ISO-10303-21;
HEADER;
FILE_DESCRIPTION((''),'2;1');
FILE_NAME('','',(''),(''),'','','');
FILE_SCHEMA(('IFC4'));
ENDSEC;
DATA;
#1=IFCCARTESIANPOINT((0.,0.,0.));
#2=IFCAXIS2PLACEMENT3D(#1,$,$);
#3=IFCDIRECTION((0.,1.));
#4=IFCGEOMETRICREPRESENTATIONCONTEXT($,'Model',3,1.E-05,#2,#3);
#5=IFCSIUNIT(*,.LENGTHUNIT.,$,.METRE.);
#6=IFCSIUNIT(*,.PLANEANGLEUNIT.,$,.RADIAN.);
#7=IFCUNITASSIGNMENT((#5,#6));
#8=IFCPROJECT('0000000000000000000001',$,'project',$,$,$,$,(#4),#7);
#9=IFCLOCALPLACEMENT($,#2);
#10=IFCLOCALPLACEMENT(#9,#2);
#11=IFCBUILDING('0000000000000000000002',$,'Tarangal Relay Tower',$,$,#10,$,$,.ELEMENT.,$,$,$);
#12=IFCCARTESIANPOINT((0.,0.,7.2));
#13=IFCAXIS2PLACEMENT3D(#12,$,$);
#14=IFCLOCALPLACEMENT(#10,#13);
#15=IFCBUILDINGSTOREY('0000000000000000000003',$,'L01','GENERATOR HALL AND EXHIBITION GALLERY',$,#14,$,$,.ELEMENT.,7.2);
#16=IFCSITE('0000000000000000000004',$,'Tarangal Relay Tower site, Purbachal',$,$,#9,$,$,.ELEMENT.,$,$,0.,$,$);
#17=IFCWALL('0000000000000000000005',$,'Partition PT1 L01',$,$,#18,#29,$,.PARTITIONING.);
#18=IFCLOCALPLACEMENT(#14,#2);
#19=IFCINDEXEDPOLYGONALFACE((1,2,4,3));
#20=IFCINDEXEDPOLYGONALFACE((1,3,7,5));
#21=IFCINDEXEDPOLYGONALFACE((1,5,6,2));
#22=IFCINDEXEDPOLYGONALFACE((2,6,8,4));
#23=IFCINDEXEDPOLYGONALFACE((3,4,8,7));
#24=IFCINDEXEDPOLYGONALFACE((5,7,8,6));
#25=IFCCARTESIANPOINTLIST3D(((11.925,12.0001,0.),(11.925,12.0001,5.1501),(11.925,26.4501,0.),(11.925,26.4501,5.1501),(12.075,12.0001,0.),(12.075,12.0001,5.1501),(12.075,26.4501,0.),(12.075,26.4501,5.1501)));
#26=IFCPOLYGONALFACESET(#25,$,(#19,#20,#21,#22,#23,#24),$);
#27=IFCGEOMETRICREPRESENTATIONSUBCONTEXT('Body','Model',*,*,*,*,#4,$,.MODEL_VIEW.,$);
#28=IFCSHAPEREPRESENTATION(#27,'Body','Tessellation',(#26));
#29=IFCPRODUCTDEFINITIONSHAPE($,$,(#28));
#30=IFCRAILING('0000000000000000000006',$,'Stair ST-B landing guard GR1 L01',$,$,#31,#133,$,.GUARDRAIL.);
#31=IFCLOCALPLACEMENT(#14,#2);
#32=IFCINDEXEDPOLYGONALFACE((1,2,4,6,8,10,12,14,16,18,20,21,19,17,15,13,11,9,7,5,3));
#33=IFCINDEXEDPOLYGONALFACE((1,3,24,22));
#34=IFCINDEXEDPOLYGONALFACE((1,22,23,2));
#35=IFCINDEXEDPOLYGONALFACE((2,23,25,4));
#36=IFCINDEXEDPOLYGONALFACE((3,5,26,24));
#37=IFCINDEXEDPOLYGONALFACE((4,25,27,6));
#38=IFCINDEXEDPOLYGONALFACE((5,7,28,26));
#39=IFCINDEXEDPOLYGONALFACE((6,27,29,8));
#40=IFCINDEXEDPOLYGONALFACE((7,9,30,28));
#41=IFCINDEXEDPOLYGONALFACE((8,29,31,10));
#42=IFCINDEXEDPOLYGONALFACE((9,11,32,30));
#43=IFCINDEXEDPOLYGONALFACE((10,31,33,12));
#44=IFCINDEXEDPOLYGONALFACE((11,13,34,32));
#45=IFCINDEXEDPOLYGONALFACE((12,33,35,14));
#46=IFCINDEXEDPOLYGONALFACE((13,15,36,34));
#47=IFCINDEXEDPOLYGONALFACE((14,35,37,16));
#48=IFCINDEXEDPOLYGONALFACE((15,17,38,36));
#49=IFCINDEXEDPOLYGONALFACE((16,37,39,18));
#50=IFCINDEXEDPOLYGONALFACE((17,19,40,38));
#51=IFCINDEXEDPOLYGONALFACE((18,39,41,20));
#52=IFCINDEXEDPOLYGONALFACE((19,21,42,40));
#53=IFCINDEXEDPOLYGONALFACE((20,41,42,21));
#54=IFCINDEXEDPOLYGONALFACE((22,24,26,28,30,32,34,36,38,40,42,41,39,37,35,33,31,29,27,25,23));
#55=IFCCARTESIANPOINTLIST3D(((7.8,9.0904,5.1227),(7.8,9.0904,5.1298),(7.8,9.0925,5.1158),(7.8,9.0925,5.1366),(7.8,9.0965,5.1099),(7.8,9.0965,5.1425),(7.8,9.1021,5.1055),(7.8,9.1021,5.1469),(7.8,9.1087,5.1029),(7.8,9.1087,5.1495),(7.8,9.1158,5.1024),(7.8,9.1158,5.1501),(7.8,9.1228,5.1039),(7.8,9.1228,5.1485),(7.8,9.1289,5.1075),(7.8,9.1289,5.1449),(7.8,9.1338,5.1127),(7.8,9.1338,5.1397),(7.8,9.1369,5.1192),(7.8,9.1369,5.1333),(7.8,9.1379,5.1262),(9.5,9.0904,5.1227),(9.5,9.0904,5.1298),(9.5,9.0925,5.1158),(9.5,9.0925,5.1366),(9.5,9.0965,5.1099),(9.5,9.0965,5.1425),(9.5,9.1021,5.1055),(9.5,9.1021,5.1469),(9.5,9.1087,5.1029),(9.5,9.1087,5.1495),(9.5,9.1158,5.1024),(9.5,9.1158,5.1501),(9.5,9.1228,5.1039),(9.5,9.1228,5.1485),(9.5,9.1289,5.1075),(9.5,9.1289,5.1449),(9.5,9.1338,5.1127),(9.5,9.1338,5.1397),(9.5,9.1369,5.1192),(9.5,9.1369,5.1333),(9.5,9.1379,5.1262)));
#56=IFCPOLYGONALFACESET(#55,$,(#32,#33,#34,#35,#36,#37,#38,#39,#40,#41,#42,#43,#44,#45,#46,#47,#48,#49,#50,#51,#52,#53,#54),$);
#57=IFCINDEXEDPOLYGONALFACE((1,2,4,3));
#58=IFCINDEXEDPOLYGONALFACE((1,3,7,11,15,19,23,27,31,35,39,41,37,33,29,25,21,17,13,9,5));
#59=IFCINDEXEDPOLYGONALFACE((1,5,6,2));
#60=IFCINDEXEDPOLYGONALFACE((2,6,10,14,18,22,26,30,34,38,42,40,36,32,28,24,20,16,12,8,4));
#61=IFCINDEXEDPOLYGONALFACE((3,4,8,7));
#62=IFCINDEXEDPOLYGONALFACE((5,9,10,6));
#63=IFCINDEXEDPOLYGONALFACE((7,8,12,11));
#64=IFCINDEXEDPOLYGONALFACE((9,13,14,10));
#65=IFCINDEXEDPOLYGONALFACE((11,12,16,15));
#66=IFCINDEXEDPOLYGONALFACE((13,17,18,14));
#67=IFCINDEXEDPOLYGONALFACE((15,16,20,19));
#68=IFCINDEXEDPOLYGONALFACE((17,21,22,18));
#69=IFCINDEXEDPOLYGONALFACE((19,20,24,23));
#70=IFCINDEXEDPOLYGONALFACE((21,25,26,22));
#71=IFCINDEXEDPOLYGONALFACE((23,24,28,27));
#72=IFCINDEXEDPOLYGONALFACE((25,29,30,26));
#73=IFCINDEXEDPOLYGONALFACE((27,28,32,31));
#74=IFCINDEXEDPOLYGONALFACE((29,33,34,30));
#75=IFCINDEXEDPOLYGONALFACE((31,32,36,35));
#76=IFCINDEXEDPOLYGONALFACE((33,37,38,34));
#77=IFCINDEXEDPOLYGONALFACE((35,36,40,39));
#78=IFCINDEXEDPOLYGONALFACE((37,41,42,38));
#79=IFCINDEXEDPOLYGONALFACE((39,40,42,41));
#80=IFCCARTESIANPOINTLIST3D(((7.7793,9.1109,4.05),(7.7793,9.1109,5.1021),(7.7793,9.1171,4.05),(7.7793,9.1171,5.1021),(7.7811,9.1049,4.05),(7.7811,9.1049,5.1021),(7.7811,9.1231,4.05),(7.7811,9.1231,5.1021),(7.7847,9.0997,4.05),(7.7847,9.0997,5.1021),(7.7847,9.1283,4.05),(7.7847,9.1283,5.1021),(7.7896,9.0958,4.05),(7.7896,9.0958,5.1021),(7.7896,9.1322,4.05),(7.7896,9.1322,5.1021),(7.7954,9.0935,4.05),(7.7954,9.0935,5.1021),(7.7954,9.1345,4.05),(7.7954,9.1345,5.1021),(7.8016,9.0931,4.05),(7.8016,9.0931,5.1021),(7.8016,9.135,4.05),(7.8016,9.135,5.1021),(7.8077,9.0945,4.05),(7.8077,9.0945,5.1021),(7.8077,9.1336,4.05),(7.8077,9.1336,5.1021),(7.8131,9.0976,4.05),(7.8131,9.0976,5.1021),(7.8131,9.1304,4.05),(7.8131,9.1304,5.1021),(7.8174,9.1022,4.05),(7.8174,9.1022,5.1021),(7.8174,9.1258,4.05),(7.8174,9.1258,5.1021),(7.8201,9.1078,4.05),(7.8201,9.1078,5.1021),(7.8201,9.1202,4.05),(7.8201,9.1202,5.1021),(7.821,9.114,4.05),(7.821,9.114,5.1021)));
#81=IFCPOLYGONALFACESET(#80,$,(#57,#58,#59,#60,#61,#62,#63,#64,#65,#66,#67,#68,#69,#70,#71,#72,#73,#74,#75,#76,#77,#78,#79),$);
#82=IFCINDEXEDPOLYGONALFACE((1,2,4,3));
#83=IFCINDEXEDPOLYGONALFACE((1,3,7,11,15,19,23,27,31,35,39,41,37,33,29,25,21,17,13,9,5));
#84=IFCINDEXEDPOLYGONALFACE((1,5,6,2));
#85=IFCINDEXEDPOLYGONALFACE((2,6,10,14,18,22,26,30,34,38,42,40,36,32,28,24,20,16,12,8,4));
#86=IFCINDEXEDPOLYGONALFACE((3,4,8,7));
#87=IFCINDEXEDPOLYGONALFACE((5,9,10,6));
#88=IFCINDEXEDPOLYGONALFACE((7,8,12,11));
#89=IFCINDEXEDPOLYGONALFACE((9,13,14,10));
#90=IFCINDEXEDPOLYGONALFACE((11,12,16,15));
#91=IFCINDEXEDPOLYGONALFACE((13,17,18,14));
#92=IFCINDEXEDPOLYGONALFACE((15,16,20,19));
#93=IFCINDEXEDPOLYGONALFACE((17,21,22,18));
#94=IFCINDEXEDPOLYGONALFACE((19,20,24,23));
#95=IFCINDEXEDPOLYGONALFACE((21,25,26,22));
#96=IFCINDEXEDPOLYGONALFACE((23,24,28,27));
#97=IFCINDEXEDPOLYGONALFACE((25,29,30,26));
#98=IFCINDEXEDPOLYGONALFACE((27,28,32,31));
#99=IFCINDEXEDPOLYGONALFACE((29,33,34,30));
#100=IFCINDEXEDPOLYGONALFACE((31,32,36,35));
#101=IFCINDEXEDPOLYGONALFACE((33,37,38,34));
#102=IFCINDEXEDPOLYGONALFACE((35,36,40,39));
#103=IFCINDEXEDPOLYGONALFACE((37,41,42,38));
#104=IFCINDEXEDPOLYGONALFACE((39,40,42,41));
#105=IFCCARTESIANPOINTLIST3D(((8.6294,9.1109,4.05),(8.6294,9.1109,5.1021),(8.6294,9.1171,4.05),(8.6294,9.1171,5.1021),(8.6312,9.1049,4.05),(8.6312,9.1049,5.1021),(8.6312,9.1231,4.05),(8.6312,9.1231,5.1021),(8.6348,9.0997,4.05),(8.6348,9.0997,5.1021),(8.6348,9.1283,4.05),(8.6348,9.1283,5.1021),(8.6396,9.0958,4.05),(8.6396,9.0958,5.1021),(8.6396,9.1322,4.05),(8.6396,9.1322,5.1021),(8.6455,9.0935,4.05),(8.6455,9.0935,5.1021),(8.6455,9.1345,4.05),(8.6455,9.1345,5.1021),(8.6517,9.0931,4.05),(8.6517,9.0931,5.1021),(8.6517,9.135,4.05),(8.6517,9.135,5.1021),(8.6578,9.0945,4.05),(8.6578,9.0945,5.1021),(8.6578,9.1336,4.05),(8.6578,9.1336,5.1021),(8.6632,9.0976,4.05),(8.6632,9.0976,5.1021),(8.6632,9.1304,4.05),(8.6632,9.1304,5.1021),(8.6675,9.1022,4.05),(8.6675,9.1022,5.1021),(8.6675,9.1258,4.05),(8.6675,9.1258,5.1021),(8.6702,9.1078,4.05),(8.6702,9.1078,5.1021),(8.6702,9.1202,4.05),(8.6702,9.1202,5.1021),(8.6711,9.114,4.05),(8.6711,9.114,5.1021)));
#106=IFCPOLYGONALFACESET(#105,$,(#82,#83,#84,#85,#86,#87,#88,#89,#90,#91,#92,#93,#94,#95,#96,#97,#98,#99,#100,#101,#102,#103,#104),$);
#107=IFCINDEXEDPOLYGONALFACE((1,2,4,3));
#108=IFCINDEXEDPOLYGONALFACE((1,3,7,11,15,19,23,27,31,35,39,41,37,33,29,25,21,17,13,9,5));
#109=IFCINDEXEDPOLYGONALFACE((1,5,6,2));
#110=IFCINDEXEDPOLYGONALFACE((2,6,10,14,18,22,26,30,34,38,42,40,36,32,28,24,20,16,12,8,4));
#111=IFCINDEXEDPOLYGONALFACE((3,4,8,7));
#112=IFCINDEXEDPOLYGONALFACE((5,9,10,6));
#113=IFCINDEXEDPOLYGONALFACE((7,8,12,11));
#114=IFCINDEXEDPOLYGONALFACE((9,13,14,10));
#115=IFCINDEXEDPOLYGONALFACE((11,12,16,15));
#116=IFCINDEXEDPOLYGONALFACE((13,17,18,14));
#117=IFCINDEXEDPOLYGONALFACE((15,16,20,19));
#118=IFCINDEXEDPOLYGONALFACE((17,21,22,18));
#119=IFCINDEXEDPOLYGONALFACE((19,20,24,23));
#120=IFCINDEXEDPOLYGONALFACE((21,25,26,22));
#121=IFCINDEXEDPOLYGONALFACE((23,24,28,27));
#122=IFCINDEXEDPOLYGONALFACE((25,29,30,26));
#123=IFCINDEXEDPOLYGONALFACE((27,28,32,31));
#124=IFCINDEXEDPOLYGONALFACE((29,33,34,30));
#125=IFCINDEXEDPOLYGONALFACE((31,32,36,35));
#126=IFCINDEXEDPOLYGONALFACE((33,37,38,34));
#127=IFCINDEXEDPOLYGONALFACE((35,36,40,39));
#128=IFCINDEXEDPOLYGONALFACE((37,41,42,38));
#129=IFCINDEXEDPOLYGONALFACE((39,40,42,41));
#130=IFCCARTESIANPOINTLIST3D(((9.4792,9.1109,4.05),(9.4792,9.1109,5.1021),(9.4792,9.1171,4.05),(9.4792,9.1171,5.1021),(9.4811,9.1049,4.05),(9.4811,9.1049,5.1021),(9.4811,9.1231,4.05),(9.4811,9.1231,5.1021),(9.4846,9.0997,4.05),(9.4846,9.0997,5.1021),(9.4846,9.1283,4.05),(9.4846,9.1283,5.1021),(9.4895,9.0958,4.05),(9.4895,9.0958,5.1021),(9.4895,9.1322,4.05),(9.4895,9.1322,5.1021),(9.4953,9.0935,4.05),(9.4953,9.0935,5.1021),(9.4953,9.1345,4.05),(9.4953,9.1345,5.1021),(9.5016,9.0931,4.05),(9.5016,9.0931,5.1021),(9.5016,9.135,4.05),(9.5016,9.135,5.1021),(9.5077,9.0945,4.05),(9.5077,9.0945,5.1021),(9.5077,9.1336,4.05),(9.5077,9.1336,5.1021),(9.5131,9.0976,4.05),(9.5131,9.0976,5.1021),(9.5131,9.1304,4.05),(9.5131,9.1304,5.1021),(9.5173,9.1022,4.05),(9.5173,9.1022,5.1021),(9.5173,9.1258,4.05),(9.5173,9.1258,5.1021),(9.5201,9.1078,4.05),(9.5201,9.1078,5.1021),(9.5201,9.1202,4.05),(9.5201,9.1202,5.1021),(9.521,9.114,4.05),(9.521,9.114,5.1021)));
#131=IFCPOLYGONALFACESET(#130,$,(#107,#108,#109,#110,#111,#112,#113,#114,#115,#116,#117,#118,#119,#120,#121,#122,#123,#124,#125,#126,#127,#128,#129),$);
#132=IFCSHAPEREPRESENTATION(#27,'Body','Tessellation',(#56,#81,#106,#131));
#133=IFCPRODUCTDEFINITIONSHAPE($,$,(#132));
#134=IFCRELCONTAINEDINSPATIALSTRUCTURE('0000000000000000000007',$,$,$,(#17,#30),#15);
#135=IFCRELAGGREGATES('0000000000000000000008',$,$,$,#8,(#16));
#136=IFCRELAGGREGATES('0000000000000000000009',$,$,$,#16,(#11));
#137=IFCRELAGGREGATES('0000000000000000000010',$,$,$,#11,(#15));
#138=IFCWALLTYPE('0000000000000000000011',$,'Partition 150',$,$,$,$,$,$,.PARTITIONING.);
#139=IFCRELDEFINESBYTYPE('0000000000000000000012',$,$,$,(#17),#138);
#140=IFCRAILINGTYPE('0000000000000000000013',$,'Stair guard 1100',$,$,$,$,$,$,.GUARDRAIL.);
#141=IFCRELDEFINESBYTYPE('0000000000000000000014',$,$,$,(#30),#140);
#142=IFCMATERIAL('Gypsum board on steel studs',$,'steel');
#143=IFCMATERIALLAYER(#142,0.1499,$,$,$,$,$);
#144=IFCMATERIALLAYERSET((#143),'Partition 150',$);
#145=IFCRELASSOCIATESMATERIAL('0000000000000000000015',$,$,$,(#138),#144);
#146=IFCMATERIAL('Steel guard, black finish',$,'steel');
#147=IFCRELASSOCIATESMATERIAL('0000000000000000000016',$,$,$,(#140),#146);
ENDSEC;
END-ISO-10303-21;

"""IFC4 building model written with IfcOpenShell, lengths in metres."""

from ifc_helpers import new_model, si_unit, direction, frame, frame_2d, origin, origin_2d, place, context, subcontext, project, spatial, rectangle, circle, extrude, material, layer, layer_set, type_object, element, save


model = new_model("IFC4")

# Units and contexts
model_context = context("Model", 3, precision=1e-05, world=origin(), true_north=direction((0.0, 1.0)))
body_context = subcontext(model_context, "Body", "Model", "MODEL_VIEW")
ifc_project = project(units=[si_unit("LENGTHUNIT", "METRE"), si_unit("PLANEANGLEUNIT", "RADIAN")], contexts=[model_context])

# Site, building, storey
site_placement = place(None, origin())
site = spatial("IfcSite", under=ifc_project, at=site_placement, Name="Tarangal Relay Tower site, Purbachal", CompositionType="ELEMENT", RefElevation=0.0)
building_placement = place(site_placement, origin())
building = spatial("IfcBuilding", under=site, at=building_placement, Name="Tarangal Relay Tower", CompositionType="ELEMENT")
storey_placement = place(building_placement, frame((0.0, 0.0, 7.2)))
storey = spatial("IfcBuildingStorey", under=building, at=storey_placement, Name="L01", Description="GENERATOR HALL AND EXHIBITION GALLERY", CompositionType="ELEMENT", Elevation=7.2)

# Wall
ifc_material_1 = material(Name="Gypsum board on steel studs", Category="steel")
ifc_layer_1 = layer(ifc_material_1, 0.1499)
ifc_layer_set_1 = layer_set([ifc_layer_1], Name="Partition 150")
wall_type_1 = type_object("IfcWallType", Name="Partition 150", PredefinedType="PARTITIONING", material=ifc_layer_set_1)
wall_1_placement = place(storey_placement, frame((12.0, 12.0, 0.0), z_axis=(0.0, 0.0, 1.0), x_axis=(0.0, 1.0, 0.0)))
element("IfcWall", 1, at=wall_1_placement, inside=storey, type_object=wall_type_1, Name="Partition PT1 L01", PredefinedType="PARTITIONING", context=body_context, shape_type="SweptSolid", body=[
    extrude(rectangle(XDim=14.45, YDim=0.1499, at=frame_2d((7.2251, 0.0))), origin(), (0.0, 0.0, 1.0), 5.1501),
])

# Railing
ifc_material_2 = material(Name="Steel guard, black finish", Category="steel")
railing_type = type_object("IfcRailingType", Name="Stair guard 1100", PredefinedType="GUARDRAIL", material=ifc_material_2)
railing_placement = place(storey_placement, frame((7.8, 9.114, 4.05)))
element("IfcRailing", 2, at=railing_placement, inside=storey, type_object=railing_type, Name="Stair ST-B landing guard GR1 L01", PredefinedType="GUARDRAIL", context=body_context, shape_type="SweptSolid", body=[
    extrude(circle(Radius=0.0239, at=origin_2d()), frame((0.0, 0.0, 1.0762), z_axis=(1.0, 0.0, 0.0), x_axis=(0.0, 1.0, 0.0)), (0.0, 0.0, 1.0), 1.7),
    extrude(circle(Radius=0.021, at=origin_2d()), origin(), (0.0, 0.0, 1.0), 1.052),
    extrude(circle(Radius=0.021, at=origin_2d()), frame((0.8501, 0.0, 0.0)), (0.0, 0.0, 1.0), 1.052),
    extrude(circle(Radius=0.021, at=origin_2d()), frame((1.7, 0.0, 0.0)), (0.0, 0.0, 1.0), 1.052),
])

save(model, "model.ifc")
